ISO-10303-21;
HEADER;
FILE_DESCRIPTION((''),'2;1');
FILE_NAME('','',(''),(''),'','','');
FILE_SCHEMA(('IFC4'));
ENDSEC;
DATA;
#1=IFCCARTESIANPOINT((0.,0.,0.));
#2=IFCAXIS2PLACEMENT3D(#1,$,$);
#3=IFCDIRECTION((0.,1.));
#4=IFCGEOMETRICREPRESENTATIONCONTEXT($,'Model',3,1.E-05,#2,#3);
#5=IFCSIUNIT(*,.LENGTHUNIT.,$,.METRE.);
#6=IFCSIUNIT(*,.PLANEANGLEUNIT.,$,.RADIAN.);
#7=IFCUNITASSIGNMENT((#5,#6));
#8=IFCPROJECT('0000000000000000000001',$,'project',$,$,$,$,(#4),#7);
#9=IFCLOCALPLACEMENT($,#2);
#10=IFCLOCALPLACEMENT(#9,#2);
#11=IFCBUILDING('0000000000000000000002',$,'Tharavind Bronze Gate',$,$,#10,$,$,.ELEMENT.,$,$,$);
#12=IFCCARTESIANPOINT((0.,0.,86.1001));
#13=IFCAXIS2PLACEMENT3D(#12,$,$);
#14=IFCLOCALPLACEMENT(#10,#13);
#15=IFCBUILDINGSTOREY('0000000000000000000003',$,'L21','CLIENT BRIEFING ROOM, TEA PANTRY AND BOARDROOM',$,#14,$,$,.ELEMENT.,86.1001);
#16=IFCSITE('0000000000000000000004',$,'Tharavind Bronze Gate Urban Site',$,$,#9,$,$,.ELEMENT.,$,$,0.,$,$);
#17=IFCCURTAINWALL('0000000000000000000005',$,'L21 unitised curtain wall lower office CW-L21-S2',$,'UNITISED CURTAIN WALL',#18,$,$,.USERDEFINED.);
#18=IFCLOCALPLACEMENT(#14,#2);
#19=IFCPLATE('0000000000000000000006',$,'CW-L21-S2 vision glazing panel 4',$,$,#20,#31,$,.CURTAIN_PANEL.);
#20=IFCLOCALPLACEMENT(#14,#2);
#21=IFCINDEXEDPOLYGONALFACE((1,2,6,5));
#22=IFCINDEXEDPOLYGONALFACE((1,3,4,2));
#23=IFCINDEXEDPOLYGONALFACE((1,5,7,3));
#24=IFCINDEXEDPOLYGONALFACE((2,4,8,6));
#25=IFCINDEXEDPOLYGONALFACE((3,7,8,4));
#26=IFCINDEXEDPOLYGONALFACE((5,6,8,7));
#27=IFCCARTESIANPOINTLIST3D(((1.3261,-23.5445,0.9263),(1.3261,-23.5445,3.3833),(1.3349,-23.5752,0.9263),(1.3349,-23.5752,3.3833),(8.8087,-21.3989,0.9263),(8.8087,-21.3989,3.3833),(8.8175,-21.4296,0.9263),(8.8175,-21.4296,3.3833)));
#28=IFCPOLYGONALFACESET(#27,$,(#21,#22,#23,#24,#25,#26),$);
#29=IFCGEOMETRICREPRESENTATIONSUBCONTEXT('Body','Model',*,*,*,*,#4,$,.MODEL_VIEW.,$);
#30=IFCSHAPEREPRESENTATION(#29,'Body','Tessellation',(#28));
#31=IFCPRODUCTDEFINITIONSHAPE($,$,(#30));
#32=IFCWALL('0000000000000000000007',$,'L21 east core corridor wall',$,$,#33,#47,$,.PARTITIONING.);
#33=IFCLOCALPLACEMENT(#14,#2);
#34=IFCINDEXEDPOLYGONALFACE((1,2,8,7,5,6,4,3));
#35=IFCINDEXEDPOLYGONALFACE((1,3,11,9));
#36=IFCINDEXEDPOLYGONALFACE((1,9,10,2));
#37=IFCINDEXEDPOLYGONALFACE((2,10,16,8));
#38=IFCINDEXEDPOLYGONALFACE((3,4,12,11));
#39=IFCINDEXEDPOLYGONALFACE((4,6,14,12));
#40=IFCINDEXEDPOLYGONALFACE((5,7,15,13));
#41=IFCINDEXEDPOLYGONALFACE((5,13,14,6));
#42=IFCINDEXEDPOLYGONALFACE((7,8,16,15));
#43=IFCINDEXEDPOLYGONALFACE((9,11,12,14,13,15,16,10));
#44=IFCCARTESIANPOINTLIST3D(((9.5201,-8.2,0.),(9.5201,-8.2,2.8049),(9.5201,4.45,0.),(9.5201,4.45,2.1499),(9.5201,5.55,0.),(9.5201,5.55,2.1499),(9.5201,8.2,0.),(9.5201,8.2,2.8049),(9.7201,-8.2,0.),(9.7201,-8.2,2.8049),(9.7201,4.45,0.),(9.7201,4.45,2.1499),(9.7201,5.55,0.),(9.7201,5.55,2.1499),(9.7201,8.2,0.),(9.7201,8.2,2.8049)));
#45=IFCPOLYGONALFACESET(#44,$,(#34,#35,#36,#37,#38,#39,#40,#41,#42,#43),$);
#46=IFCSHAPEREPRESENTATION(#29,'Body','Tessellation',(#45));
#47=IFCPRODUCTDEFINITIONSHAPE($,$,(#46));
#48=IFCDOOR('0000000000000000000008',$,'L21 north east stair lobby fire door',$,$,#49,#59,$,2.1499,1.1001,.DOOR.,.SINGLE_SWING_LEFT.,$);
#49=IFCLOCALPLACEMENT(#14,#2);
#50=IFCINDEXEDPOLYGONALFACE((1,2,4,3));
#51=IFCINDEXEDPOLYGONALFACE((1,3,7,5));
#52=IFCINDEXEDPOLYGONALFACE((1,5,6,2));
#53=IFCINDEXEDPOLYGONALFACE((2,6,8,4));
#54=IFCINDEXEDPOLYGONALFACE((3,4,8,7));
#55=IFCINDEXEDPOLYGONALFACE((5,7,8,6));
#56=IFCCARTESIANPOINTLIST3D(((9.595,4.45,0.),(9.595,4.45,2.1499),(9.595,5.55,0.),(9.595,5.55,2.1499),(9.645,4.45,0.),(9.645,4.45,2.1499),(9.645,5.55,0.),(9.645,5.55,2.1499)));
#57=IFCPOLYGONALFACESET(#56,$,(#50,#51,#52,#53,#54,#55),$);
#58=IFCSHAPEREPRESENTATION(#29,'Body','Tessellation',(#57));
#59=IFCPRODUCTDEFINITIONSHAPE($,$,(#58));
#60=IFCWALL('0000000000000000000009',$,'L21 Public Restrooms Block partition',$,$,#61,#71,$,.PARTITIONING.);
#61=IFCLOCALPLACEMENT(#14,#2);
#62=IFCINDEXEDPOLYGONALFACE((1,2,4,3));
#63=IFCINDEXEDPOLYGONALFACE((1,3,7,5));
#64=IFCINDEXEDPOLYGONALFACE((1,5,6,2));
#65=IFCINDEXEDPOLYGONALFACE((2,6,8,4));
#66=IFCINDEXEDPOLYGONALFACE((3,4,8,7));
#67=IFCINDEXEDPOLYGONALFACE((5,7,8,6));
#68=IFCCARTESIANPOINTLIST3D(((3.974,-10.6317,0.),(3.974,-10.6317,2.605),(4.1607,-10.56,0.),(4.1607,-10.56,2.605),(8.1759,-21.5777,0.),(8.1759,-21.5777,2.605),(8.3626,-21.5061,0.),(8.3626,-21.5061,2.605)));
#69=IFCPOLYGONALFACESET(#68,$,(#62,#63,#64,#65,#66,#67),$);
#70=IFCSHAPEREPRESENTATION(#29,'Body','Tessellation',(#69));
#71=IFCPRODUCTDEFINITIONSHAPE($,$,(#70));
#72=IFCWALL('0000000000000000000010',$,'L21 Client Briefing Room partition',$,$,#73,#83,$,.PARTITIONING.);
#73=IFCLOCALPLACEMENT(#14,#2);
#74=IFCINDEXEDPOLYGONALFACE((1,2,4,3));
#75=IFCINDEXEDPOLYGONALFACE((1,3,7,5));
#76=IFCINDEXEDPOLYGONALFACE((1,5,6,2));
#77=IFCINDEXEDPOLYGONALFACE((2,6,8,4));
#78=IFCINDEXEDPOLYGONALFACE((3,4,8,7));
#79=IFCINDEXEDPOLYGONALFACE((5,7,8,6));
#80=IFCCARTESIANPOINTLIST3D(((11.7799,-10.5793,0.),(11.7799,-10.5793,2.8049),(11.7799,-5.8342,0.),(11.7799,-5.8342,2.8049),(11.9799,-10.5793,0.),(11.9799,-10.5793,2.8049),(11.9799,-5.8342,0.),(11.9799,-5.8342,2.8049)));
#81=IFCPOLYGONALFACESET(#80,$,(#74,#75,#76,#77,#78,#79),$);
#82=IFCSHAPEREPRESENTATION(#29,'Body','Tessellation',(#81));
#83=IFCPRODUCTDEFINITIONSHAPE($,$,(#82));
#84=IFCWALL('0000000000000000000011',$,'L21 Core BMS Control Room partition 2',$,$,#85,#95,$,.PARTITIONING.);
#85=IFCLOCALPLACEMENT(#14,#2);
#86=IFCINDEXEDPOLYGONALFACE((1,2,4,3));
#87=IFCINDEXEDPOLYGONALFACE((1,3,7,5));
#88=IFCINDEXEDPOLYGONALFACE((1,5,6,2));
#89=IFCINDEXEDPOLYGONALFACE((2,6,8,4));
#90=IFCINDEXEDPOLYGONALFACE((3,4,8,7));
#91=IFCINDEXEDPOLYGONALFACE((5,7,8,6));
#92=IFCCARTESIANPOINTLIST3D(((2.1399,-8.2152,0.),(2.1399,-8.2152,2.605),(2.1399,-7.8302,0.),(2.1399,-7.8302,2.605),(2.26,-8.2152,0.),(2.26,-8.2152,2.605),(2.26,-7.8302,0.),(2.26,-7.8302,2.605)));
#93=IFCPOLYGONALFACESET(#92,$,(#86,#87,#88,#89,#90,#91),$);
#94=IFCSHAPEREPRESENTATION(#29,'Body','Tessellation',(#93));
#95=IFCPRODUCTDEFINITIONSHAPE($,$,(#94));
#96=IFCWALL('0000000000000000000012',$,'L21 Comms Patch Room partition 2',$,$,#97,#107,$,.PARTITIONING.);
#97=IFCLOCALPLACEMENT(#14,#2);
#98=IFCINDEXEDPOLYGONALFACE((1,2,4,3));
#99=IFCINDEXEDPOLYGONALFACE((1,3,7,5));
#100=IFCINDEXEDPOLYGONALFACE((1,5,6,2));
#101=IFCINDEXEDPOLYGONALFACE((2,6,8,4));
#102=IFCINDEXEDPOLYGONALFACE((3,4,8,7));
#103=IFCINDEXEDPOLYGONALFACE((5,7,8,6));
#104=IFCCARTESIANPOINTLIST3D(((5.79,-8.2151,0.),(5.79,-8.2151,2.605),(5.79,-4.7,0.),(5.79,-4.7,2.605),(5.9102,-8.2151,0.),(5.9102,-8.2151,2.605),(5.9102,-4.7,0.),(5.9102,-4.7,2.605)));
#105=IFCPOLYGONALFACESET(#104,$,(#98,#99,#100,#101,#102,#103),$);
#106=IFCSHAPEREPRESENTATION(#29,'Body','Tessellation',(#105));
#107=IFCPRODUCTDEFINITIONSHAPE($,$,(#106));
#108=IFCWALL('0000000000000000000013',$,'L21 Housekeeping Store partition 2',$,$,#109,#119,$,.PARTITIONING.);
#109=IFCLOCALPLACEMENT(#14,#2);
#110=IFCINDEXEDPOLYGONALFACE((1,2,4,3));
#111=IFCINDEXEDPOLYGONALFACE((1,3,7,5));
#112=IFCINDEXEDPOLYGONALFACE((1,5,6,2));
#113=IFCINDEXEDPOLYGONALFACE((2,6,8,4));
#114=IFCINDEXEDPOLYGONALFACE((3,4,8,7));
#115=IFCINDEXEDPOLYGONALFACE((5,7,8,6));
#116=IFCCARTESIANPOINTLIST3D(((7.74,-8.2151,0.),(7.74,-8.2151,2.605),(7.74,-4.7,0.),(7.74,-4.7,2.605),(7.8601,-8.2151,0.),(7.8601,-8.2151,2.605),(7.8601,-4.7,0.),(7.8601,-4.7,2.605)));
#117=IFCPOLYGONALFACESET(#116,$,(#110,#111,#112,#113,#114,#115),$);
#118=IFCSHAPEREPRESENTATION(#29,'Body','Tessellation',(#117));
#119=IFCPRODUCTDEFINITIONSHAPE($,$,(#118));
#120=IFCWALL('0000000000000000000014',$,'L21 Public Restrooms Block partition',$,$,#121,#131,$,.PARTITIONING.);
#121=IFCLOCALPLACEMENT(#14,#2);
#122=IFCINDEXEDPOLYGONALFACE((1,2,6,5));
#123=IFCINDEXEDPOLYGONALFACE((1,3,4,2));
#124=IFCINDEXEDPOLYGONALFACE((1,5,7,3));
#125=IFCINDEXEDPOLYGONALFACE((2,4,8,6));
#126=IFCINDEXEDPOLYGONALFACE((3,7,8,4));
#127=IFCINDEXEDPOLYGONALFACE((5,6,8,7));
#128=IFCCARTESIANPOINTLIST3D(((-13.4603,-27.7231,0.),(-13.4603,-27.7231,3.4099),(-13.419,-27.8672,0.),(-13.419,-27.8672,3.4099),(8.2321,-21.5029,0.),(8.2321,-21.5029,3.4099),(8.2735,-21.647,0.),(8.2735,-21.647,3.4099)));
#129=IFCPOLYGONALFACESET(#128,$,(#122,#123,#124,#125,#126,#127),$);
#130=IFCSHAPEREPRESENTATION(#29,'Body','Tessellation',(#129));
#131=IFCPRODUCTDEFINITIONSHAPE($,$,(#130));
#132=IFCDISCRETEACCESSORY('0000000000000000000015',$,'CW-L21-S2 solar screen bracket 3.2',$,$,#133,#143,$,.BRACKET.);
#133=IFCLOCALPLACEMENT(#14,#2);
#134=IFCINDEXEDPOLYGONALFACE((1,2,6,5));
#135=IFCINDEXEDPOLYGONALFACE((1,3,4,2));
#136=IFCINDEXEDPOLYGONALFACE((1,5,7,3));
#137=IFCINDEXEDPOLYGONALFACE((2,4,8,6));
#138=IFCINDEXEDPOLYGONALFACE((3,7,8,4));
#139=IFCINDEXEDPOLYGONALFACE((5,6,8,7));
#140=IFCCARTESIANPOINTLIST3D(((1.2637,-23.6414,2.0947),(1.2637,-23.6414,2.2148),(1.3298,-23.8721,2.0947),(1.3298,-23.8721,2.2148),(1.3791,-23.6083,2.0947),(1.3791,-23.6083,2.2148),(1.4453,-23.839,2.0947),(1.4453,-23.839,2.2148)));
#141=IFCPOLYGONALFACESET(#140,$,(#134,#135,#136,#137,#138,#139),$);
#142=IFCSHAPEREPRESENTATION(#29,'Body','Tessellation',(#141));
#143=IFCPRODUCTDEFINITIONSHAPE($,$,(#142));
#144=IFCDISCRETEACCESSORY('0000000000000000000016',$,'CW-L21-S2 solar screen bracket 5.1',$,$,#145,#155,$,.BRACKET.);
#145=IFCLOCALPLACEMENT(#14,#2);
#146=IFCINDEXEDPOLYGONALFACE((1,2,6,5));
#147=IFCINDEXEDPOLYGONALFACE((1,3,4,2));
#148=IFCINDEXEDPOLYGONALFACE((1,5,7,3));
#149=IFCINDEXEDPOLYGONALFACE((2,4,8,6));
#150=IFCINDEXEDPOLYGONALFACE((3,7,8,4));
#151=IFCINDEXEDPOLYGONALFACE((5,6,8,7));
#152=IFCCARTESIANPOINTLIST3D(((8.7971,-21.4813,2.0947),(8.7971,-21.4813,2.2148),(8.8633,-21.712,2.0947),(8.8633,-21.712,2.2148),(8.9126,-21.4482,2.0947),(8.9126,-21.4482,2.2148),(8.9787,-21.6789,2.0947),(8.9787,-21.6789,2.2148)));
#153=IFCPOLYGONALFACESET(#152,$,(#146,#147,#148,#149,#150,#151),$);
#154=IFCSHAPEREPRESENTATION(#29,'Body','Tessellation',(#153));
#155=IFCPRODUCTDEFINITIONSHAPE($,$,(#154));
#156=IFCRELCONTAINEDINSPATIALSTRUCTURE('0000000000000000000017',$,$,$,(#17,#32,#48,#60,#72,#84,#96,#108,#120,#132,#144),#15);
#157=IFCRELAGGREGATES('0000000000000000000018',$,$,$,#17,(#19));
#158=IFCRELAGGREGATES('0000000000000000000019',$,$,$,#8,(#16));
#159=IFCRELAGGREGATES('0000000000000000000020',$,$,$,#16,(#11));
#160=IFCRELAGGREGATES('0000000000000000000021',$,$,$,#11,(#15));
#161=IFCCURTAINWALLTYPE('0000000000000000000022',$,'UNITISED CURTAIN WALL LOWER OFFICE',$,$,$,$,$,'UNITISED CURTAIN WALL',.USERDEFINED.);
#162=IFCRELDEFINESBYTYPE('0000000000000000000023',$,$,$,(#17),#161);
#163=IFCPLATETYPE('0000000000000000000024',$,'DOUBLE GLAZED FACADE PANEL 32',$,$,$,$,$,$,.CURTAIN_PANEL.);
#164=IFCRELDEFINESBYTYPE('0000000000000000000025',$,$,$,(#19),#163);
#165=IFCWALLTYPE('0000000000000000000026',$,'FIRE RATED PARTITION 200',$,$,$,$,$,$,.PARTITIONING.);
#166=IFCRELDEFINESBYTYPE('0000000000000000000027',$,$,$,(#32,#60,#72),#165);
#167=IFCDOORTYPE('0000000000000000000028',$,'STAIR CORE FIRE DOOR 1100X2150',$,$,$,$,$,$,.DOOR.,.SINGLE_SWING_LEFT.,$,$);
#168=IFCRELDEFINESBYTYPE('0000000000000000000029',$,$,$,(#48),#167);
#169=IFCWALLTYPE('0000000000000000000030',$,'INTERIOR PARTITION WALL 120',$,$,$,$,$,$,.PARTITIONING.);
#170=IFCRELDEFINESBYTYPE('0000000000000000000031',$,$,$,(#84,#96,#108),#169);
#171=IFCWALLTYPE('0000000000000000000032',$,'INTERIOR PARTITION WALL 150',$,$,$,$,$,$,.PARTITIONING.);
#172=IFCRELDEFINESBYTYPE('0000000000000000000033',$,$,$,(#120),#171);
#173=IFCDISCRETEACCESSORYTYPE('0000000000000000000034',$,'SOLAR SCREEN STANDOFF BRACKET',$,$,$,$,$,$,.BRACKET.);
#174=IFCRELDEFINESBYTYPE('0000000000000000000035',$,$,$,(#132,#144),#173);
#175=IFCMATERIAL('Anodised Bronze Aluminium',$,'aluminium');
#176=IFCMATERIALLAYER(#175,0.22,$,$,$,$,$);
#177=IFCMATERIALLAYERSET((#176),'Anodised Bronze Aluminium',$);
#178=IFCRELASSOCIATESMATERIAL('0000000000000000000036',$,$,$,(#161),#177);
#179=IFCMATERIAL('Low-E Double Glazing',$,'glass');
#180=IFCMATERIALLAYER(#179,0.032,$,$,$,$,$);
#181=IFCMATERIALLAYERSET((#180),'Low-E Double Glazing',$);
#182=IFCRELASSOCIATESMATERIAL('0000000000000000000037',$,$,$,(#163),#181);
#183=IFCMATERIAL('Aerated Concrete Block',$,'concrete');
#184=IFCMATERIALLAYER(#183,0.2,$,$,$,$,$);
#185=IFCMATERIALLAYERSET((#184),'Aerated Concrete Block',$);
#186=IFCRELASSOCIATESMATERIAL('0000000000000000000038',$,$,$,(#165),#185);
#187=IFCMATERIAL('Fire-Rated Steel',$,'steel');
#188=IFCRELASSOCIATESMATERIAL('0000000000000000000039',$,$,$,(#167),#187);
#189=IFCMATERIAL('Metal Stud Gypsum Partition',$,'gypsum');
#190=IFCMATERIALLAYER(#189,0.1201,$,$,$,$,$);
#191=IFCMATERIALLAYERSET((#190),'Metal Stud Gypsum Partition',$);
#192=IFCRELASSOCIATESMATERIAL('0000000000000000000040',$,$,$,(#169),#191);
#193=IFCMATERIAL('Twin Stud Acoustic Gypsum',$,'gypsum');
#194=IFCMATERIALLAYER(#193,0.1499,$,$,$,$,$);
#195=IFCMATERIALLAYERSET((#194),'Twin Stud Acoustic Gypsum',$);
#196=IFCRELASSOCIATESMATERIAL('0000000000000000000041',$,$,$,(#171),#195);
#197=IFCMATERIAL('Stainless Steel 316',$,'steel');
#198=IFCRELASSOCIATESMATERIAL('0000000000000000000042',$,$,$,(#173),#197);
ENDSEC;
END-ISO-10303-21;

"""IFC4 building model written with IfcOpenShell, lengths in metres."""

from ifc_helpers import new_model, si_unit, direction, frame, frame_2d, origin, origin_2d, place, context, subcontext, project, spatial, rectangle, extrude, material, layer, layer_set, type_object, element, fill, aggregate, save


model = new_model("IFC4")

# Units and contexts
model_context = context("Model", 3, precision=1e-05, world=origin(), true_north=direction((0.0, 1.0)))
body_context = subcontext(model_context, "Body", "Model", "MODEL_VIEW")
ifc_project = project(units=[si_unit("LENGTHUNIT", "METRE"), si_unit("PLANEANGLEUNIT", "RADIAN")], contexts=[model_context])

# Site, building, storey
site_placement = place(None, origin())
site = spatial("IfcSite", under=ifc_project, at=site_placement, Name="Tharavind Bronze Gate Urban Site", CompositionType="ELEMENT", RefElevation=0.0)
building_placement = place(site_placement, origin())
building = spatial("IfcBuilding", under=site, at=building_placement, Name="Tharavind Bronze Gate", CompositionType="ELEMENT")
storey_placement = place(building_placement, frame((0.0, 0.0, 86.1001)))
storey = spatial("IfcBuildingStorey", under=building, at=storey_placement, Name="L21", Description="CLIENT BRIEFING ROOM, TEA PANTRY AND BOARDROOM", CompositionType="ELEMENT", Elevation=86.1001)

# Curtain wall
ifc_material_1 = material(Name="Anodised Bronze Aluminium", Category="aluminium")
ifc_layer_1 = layer(ifc_material_1, 0.22)
ifc_layer_set_1 = layer_set([ifc_layer_1], Name="Anodised Bronze Aluminium")
curtain_wall_type = type_object("IfcCurtainWallType", Name="UNITISED CURTAIN WALL LOWER OFFICE", ElementType="UNITISED CURTAIN WALL", PredefinedType="USERDEFINED", material=ifc_layer_set_1)
curtain_wall_placement = place(storey_placement, origin())
curtain_wall = element("IfcCurtainWall", 1, at=curtain_wall_placement, inside=storey, type_object=curtain_wall_type, Name="L21 unitised curtain wall lower office CW-L21-S2", ObjectType="UNITISED CURTAIN WALL", PredefinedType="USERDEFINED")

# Plate
ifc_material_2 = material(Name="Low-E Double Glazing", Category="glass")
ifc_layer_2 = layer(ifc_material_2, 0.032)
ifc_layer_set_2 = layer_set([ifc_layer_2], Name="Low-E Double Glazing")
plate_type_1 = type_object("IfcPlateType", Name="DOUBLE GLAZED FACADE PANEL 32", PredefinedType="CURTAIN_PANEL", material=ifc_layer_set_2)
plate_1_placement = place(storey_placement, frame((5.0718, -22.4871, 0.9263), z_axis=(0.0, 0.0, 1.0), x_axis=(0.961262, 0.275637, 0.0)))
plate_1 = element("IfcPlate", 2, at=plate_1_placement, type_object=plate_type_1, Name="CW-L21-S2 vision glazing panel 4", PredefinedType="CURTAIN_PANEL", context=body_context, shape_type="SweptSolid", body=[
    extrude(rectangle(XDim=7.7842, YDim=0.032, at=origin_2d()), origin(), (0.0, 0.0, 1.0), 2.457),
])
aggregate(curtain_wall, [plate_1])

# Wall, opening, door
ifc_material_3 = material(Name="Aerated Concrete Block", Category="concrete")
ifc_layer_3 = layer(ifc_material_3, 0.2)
ifc_layer_set_3 = layer_set([ifc_layer_3], Name="Aerated Concrete Block")
wall_type_1 = type_object("IfcWallType", Name="FIRE RATED PARTITION 200", PredefinedType="PARTITIONING", material=ifc_layer_set_3)
wall_1_placement = place(storey_placement, frame((9.6201, -8.2, 0.0), z_axis=(0.0, 0.0, 1.0), x_axis=(0.0, 1.0, 0.0)))
wall_1 = element("IfcWall", 3, at=wall_1_placement, inside=storey, type_object=wall_type_1, Name="L21 east core corridor wall", PredefinedType="PARTITIONING", context=body_context, shape_type="SweptSolid", body=[
    extrude(rectangle(XDim=16.3999, YDim=0.2, at=frame_2d((8.2, 0.0))), origin(), (0.0, 0.0, 1.0), 2.8049),
])
opening_1_placement = place(wall_1_placement, frame((12.6499, 0.0, 0.0)))
opening_1 = element("IfcOpeningElement", 4, at=opening_1_placement, cuts=wall_1, PredefinedType="OPENING", context=body_context, shape_type="SweptSolid", body=[
    extrude(rectangle(XDim=1.1001, YDim=2.1499, at=frame_2d((0.55, 1.075))), frame((0.0, 0.1101, 0.0), z_axis=(0.0, -1.0, 0.0), x_axis=(1.0, 0.0, 0.0)), (0.0, 0.0, 1.0), 0.22),
])
ifc_material_4 = material(Name="Fire-Rated Steel", Category="steel")
door_type_1 = type_object("IfcDoorType", Name="STAIR CORE FIRE DOOR 1100X2150", OperationType="SINGLE_SWING_LEFT", PredefinedType="DOOR", material=ifc_material_4)
door_1_placement = place(opening_1_placement, frame((1.1001, 0.0, 0.0), z_axis=(0.0, 0.0, 1.0), x_axis=(-1.0, 0.0, 0.0)))
door_1 = element("IfcDoor", 5, at=door_1_placement, inside=storey, type_object=door_type_1, Name="L21 north east stair lobby fire door", OperationType="SINGLE_SWING_LEFT", OverallHeight=2.1499, OverallWidth=1.1001, PredefinedType="DOOR", context=body_context, shape_type="SweptSolid", body=[
    extrude(rectangle(XDim=1.1001, YDim=2.1499, at=frame_2d((0.55, 1.075))), frame((0.0, 0.0249, 0.0), z_axis=(0.0, -1.0, 0.0), x_axis=(1.0, 0.0, 0.0)), (0.0, 0.0, 1.0), 0.05),
])
fill(opening_1, door_1)

# Wall
wall_2_placement = place(storey_placement, frame((4.0674, -10.5959, 0.0), z_axis=(0.0, 0.0, 1.0), x_axis=(0.358376, -0.933577, 0.0)))
element("IfcWall", 6, at=wall_2_placement, inside=storey, type_object=wall_type_1, Name="L21 Public Restrooms Block partition", PredefinedType="PARTITIONING", context=body_context, shape_type="SweptSolid", body=[
    extrude(rectangle(XDim=11.7249, YDim=0.2, at=frame_2d((5.8623, 0.0))), origin(), (0.0, 0.0, 1.0), 2.605),
])

# Walls
wall_3_placement = place(storey_placement, frame((11.8799, -10.5793, 0.0), z_axis=(0.0, 0.0, 1.0), x_axis=(0.0, 1.0, 0.0)))
element("IfcWall", 7, at=wall_3_placement, inside=storey, type_object=wall_type_1, Name="L21 Client Briefing Room partition", PredefinedType="PARTITIONING", context=body_context, shape_type="SweptSolid", body=[
    extrude(rectangle(XDim=4.7451, YDim=0.2, at=frame_2d((2.3726, 0.0))), origin(), (0.0, 0.0, 1.0), 2.8049),
])
ifc_material_5 = material(Name="Metal Stud Gypsum Partition", Category="gypsum")
ifc_layer_4 = layer(ifc_material_5, 0.1201)
ifc_layer_set_4 = layer_set([ifc_layer_4], Name="Metal Stud Gypsum Partition")
wall_type_2 = type_object("IfcWallType", Name="INTERIOR PARTITION WALL 120", PredefinedType="PARTITIONING", material=ifc_layer_set_4)
wall_4_placement = place(storey_placement, frame((2.2, -8.2151, 0.0), z_axis=(0.0, 0.0, 1.0), x_axis=(0.0, 1.0, 0.0)))
element("IfcWall", 8, at=wall_4_placement, inside=storey, type_object=wall_type_2, Name="L21 Core BMS Control Room partition 2", PredefinedType="PARTITIONING", context=body_context, shape_type="SweptSolid", body=[
    extrude(rectangle(XDim=0.385, YDim=0.1201, at=frame_2d((0.1924, 0.0))), origin(), (0.0, 0.0, 1.0), 2.605),
])
for number, where, z_axis, x_axis, name in (
    (9, (5.8501, -8.2151, 0.0), (0.0, 0.0, 1.0), (0.0, 1.0, 0.0), "L21 Comms Patch Room partition 2"),
    (10, (7.8, -8.2151, 0.0), (0.0, 0.0, 1.0), (0.0, 1.0, 0.0), "L21 Housekeeping Store partition 2"),
):
    element("IfcWall", number, at=place(storey_placement, frame(where, z_axis=z_axis, x_axis=x_axis)), inside=storey, type_object=wall_type_2, Name=name, PredefinedType="PARTITIONING", context=body_context, shape_type="SweptSolid", body=[
        extrude(rectangle(XDim=3.5151, YDim=0.1201, at=frame_2d((1.7576, 0.0))), origin(), (0.0, 0.0, 1.0), 2.605),
    ])
ifc_material_6 = material(Name="Twin Stud Acoustic Gypsum", Category="gypsum")
ifc_layer_5 = layer(ifc_material_6, 0.1499)
ifc_layer_set_5 = layer_set([ifc_layer_5], Name="Twin Stud Acoustic Gypsum")
wall_type_3 = type_object("IfcWallType", Name="INTERIOR PARTITION WALL 150", PredefinedType="PARTITIONING", material=ifc_layer_set_5)
wall_5_placement = place(storey_placement, frame((8.2527, -21.575, 0.0), z_axis=(0.0, 0.0, 1.0), x_axis=(-0.961261, -0.275638, 0.0)))
element("IfcWall", 11, at=wall_5_placement, inside=storey, type_object=wall_type_3, Name="L21 Public Restrooms Block partition", PredefinedType="PARTITIONING", context=body_context, shape_type="SweptSolid", body=[
    extrude(rectangle(XDim=22.5667, YDim=0.1499, at=frame_2d((11.2832, 0.0))), origin(), (0.0, 0.0, 1.0), 3.4099),
])

# Discrete accessories
ifc_material_7 = material(Name="Stainless Steel 316", Category="steel")
discrete_accessory_type = type_object("IfcDiscreteAccessoryType", Name="SOLAR SCREEN STANDOFF BRACKET", PredefinedType="BRACKET", material=ifc_material_7)
for number, where, z_axis, x_axis, name in (
    (12, (1.3545, -23.7402, 2.0947), (0.0, 0.0, 1.0), (0.961262, 0.275637, 0.0), "CW-L21-S2 solar screen bracket 3.2"),
    (13, (8.8879, -21.5801, 2.0947), (0.0, 0.0, 1.0), (0.961262, 0.275637, 0.0), "CW-L21-S2 solar screen bracket 5.1"),
):
    element("IfcDiscreteAccessory", number, at=place(storey_placement, frame(where, z_axis=z_axis, x_axis=x_axis)), inside=storey, type_object=discrete_accessory_type, Name=name, PredefinedType="BRACKET", context=body_context, shape_type="SweptSolid", body=[
        extrude(rectangle(XDim=0.1201, YDim=0.24, at=origin_2d()), origin(), (0.0, 0.0, 1.0), 0.1201),
    ])

save(model, "model.ifc")
